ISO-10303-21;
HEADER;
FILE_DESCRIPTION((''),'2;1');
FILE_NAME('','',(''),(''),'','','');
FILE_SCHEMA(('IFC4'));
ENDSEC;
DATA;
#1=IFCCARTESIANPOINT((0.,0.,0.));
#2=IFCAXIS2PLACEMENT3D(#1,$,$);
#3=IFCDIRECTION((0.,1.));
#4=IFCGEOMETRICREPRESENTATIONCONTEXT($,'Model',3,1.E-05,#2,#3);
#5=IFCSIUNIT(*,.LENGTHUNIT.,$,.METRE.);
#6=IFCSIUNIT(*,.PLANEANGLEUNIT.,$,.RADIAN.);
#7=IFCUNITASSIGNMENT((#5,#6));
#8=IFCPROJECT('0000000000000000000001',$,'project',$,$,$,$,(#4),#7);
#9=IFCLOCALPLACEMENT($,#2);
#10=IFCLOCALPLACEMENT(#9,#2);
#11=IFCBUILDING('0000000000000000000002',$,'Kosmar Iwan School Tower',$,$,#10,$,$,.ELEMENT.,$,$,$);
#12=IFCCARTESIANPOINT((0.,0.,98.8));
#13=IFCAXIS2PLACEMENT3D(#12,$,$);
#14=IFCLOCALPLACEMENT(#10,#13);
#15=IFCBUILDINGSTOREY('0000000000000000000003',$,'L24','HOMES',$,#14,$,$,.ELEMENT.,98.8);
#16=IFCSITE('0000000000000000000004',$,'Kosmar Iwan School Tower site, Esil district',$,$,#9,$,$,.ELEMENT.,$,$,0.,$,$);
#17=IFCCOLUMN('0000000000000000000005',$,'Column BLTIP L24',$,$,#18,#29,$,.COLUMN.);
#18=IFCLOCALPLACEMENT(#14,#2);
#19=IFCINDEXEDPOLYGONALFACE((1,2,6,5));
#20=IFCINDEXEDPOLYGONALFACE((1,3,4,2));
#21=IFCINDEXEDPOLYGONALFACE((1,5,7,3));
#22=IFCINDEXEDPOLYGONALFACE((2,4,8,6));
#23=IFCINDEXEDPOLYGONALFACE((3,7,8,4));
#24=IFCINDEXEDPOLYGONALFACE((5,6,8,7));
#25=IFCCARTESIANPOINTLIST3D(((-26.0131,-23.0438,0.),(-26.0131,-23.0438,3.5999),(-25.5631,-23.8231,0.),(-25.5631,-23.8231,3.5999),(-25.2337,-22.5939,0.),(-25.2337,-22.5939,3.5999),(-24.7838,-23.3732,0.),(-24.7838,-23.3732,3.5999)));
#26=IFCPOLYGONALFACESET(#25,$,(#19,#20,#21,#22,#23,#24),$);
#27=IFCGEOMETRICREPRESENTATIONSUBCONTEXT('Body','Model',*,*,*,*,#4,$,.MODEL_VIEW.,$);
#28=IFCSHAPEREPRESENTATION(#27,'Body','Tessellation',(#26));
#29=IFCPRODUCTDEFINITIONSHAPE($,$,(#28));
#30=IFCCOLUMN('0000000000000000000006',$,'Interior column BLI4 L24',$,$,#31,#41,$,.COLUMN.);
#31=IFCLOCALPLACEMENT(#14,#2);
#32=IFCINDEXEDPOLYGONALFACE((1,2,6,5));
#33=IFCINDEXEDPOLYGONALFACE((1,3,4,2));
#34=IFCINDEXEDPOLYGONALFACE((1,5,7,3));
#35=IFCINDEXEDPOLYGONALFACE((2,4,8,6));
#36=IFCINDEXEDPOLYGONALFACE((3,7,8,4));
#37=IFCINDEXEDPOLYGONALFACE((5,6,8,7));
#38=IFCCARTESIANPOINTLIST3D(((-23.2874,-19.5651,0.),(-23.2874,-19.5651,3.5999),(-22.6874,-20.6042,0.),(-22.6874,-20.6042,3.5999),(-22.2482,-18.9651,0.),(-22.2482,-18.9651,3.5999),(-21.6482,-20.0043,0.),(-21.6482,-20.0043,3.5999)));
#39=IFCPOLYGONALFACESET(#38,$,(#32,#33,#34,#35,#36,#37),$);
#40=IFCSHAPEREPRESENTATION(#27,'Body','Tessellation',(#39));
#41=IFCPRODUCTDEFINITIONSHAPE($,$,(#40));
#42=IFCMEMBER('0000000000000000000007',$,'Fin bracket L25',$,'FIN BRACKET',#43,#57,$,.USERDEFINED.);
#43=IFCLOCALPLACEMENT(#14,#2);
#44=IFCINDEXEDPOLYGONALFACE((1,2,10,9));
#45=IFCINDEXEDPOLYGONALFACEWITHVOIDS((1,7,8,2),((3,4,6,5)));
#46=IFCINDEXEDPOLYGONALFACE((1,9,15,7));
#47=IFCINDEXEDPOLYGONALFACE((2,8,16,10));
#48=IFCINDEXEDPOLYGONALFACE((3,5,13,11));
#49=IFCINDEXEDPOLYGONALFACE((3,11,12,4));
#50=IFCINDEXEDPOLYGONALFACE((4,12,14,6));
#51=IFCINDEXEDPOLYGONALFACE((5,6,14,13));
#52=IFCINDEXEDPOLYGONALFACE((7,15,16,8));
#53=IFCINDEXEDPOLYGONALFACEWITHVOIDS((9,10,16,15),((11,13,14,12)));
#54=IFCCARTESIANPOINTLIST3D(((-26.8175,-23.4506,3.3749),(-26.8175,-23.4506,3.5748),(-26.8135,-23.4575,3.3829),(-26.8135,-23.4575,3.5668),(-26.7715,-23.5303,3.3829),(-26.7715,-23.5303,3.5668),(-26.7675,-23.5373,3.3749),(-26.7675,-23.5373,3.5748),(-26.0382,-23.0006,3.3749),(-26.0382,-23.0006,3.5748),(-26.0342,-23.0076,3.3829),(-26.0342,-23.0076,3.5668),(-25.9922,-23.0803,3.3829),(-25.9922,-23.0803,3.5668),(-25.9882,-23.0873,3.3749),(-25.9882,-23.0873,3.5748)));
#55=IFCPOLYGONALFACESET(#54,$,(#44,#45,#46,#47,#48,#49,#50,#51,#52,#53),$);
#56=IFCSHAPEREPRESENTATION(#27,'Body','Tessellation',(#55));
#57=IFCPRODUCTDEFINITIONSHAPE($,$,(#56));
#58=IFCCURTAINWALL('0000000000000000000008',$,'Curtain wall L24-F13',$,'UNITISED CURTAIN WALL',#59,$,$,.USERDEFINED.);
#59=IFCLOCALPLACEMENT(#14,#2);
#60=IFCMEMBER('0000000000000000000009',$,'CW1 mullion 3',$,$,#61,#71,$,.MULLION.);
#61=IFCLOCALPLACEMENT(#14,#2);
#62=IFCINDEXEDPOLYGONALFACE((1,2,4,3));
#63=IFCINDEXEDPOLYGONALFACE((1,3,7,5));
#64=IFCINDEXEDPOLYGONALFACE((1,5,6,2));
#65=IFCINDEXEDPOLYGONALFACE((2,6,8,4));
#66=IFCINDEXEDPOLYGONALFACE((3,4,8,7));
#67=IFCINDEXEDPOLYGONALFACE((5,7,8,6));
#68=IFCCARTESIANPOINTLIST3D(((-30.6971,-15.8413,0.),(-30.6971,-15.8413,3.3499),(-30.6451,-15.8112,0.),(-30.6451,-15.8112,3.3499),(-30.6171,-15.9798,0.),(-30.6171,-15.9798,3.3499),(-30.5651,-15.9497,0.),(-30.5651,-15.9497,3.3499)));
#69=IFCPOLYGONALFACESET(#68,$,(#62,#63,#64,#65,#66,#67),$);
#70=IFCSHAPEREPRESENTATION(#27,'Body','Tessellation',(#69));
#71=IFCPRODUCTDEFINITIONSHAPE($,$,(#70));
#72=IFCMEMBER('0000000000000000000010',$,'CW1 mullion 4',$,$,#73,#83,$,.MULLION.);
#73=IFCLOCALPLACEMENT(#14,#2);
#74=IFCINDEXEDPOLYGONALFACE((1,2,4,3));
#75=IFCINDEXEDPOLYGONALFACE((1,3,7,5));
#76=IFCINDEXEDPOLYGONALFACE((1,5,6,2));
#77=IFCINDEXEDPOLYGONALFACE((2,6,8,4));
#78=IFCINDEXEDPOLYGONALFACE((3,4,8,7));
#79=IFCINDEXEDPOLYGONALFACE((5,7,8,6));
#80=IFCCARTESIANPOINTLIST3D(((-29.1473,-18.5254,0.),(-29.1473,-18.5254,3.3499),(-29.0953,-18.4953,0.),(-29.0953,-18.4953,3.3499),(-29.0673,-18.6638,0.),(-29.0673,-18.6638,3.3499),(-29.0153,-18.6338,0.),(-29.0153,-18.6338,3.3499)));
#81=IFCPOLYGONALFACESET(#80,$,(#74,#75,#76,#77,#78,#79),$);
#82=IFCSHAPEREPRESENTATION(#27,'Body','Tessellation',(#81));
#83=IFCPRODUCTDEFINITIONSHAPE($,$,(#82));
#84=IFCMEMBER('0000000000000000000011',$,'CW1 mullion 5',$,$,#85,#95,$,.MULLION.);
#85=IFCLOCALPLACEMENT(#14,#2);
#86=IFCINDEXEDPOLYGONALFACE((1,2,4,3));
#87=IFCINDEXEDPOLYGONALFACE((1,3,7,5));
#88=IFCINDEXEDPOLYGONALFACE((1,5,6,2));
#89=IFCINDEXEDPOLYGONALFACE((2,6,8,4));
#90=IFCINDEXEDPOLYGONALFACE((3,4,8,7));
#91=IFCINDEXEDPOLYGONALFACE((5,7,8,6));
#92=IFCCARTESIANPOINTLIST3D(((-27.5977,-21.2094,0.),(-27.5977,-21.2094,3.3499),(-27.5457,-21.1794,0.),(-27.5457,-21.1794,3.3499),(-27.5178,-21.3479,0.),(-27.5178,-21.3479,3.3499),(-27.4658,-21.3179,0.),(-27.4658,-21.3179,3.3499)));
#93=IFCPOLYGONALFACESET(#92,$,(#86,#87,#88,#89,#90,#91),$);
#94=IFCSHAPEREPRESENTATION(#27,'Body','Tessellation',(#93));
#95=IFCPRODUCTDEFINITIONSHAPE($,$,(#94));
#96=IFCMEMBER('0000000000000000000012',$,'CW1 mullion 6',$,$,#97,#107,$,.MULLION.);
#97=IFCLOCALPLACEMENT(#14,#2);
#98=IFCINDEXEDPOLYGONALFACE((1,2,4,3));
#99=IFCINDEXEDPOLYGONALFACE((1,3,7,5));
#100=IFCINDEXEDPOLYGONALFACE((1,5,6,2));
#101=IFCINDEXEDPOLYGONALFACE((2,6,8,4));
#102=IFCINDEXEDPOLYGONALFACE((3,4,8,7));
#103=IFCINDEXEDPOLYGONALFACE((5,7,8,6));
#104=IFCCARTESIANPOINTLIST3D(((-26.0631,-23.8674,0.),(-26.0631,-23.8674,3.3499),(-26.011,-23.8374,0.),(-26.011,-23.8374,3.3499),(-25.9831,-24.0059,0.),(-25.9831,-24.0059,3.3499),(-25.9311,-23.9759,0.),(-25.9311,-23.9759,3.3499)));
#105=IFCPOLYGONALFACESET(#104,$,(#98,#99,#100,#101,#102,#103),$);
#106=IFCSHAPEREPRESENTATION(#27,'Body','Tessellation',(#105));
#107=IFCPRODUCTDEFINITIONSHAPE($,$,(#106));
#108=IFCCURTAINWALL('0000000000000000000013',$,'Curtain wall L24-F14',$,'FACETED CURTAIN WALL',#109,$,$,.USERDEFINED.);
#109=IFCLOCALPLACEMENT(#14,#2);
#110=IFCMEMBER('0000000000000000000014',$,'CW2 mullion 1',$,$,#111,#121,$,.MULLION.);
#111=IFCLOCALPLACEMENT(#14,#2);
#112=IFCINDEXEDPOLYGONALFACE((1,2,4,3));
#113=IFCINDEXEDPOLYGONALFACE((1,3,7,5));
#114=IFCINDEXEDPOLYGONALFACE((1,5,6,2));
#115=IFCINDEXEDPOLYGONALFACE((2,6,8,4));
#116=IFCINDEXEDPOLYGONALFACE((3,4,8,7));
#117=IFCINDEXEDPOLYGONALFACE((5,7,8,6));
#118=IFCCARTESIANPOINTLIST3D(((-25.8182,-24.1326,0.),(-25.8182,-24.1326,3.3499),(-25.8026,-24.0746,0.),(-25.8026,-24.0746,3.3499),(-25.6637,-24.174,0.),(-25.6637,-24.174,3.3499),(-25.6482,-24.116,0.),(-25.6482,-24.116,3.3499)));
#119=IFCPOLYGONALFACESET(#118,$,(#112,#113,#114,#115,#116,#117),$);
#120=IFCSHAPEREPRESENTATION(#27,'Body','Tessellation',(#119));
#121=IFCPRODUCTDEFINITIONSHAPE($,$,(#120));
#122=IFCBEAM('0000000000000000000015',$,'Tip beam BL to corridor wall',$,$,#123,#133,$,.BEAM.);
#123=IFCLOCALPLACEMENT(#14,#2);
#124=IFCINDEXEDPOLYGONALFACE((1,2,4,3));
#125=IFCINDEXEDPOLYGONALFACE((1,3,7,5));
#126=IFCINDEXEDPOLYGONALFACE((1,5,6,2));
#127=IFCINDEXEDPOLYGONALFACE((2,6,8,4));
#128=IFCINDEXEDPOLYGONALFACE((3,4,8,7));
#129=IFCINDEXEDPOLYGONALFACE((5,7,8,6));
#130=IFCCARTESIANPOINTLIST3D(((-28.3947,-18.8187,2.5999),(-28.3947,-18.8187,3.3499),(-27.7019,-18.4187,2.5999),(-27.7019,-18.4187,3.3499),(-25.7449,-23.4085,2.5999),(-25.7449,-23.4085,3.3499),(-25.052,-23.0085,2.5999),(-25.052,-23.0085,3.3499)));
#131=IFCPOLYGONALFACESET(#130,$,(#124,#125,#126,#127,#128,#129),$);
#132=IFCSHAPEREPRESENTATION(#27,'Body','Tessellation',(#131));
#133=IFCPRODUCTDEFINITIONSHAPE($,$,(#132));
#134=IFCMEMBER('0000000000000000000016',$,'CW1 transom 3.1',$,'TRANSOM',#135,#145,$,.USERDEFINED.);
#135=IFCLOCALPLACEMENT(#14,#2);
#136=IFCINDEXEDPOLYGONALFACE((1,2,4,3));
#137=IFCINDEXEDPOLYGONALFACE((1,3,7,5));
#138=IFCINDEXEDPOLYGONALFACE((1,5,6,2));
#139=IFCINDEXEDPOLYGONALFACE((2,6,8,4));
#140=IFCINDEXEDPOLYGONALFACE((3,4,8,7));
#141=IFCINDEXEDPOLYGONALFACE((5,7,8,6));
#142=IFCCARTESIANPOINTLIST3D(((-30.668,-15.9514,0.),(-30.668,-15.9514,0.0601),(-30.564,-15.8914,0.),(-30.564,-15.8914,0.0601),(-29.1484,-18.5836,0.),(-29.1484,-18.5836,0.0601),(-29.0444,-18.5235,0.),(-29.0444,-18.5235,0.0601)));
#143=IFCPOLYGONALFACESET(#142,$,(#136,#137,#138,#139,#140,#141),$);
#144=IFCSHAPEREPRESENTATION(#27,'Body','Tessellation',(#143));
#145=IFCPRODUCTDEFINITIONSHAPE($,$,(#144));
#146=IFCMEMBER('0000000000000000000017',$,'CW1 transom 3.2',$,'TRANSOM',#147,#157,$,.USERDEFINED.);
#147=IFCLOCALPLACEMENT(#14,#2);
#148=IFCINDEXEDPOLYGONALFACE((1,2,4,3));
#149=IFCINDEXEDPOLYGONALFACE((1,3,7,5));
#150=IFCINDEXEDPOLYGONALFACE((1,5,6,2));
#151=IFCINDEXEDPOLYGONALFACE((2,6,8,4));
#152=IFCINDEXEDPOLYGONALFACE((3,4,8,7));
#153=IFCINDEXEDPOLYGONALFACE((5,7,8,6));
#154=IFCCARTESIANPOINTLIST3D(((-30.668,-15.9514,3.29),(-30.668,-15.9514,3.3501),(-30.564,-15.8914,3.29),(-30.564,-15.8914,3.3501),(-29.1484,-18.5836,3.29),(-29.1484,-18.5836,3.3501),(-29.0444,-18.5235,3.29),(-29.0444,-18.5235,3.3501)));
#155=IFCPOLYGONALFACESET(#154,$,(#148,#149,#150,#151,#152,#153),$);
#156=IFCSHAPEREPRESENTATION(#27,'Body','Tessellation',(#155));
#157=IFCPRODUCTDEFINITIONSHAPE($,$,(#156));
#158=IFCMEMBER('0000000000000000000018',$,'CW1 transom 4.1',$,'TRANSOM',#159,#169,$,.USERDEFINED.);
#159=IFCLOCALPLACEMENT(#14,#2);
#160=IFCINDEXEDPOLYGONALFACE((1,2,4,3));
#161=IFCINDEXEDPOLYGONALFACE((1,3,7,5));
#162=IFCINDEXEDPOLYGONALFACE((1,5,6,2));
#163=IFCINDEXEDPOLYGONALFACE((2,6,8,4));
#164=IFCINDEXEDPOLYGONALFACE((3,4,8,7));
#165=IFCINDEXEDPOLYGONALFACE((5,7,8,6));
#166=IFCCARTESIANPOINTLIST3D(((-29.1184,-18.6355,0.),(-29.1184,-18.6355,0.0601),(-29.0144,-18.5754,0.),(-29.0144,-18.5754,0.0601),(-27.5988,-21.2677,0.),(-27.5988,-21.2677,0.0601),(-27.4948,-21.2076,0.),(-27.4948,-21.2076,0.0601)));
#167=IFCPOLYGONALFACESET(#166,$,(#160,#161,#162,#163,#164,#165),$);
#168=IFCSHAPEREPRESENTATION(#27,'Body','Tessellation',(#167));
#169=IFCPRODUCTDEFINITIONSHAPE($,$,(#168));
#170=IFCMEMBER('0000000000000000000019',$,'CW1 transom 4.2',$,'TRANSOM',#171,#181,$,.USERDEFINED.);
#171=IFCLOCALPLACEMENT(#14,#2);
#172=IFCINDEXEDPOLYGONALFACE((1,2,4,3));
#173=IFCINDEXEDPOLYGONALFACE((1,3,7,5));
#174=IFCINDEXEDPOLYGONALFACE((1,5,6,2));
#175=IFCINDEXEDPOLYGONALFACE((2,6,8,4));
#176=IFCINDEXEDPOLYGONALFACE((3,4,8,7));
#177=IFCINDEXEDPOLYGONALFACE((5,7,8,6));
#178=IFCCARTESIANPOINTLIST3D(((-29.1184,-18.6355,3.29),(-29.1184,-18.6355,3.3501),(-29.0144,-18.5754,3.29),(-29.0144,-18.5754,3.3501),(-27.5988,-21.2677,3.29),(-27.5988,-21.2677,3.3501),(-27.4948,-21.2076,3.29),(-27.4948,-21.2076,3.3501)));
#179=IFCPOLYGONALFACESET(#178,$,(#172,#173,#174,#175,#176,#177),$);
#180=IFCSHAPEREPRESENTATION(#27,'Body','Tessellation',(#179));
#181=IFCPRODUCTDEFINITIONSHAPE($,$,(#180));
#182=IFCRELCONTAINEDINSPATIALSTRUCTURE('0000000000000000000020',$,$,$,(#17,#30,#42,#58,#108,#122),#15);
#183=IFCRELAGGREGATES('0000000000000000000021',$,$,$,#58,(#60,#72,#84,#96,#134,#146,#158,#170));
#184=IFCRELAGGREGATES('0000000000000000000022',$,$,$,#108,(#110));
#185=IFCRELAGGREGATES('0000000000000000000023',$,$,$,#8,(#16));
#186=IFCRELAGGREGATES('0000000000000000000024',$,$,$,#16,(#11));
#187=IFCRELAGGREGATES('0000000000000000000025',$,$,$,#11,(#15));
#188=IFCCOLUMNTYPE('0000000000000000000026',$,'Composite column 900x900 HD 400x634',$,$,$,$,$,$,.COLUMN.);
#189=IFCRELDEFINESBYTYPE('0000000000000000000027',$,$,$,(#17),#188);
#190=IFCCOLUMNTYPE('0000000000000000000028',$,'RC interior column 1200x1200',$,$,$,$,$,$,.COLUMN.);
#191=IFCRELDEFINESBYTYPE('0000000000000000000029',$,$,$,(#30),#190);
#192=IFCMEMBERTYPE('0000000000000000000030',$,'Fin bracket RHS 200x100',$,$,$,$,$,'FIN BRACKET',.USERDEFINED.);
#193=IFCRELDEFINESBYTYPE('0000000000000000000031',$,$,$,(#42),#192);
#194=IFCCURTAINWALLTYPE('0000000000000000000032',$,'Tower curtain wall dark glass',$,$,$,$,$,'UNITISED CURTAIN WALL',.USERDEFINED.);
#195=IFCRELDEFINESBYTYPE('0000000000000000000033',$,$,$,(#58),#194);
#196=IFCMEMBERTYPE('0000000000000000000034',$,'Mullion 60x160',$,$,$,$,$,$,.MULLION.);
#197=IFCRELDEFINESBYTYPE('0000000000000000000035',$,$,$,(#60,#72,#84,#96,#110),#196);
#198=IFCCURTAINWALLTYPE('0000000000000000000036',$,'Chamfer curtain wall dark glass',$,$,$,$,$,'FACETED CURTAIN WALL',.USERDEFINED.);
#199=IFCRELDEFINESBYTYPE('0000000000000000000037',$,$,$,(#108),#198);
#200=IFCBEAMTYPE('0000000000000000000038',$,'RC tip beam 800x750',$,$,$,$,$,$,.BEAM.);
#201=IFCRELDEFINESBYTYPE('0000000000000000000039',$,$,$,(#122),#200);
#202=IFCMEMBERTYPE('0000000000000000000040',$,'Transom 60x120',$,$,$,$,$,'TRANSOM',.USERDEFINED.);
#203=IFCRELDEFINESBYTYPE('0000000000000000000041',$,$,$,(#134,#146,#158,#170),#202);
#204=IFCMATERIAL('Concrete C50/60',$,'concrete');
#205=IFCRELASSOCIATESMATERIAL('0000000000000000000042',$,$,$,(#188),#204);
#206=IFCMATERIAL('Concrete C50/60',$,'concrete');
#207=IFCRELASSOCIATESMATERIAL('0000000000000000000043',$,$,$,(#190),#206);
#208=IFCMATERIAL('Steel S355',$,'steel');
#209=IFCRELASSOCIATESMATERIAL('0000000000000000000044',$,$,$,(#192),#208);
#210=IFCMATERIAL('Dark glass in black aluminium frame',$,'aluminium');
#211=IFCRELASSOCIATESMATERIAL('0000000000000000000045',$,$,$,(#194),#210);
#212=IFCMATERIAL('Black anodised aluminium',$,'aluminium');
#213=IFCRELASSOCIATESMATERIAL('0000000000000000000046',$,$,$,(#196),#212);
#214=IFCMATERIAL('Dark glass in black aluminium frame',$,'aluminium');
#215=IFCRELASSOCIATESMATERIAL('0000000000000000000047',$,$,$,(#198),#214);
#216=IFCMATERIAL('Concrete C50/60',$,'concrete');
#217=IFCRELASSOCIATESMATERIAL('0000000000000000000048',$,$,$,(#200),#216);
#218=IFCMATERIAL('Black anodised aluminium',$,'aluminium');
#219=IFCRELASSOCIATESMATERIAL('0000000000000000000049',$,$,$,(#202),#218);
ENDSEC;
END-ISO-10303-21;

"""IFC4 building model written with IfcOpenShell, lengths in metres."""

from ifc_helpers import new_model, si_unit, direction, frame, origin, origin_2d, place, context, subcontext, project, spatial, rectangle, hollow_rectangle, extrude, material, material_profile, profile_set, type_object, element, aggregate, save


model = new_model("IFC4")

# Units and contexts
model_context = context("Model", 3, precision=1e-05, world=origin(), true_north=direction((0.0, 1.0)))
body_context = subcontext(model_context, "Body", "Model", "MODEL_VIEW")
ifc_project = project(units=[si_unit("LENGTHUNIT", "METRE"), si_unit("PLANEANGLEUNIT", "RADIAN")], contexts=[model_context])

# Site, building, storey
site_placement = place(None, origin())
site = spatial("IfcSite", under=ifc_project, at=site_placement, Name="Kosmar Iwan School Tower site, Esil district", CompositionType="ELEMENT", RefElevation=0.0)
building_placement = place(site_placement, origin())
building = spatial("IfcBuilding", under=site, at=building_placement, Name="Kosmar Iwan School Tower", CompositionType="ELEMENT")
storey_placement = place(building_placement, frame((0.0, 0.0, 98.8)))
storey = spatial("IfcBuildingStorey", under=building, at=storey_placement, Name="L24", Description="HOMES", CompositionType="ELEMENT", Elevation=98.8)

# Columns
ifc_material_1 = material(Name="Concrete C50/60", Category="concrete")
ifc_material_profile_1 = material_profile(ifc_material_1, rectangle(XDim=0.8999, YDim=0.8999, at=origin_2d()), Name="RC 900x900 + HD 400x634")
ifc_profile_set_1 = profile_set([ifc_material_profile_1], Name="Concrete C50/60")
column_type_1 = type_object("IfcColumnType", Name="Composite column 900x900 HD 400x634", PredefinedType="COLUMN", material=ifc_profile_set_1)
column_1_placement = place(storey_placement, frame((-25.3984, -23.2085, 0.0), z_axis=(0.0, 0.0, 1.0), x_axis=(-0.866025, -0.5, 0.0)))
element("IfcColumn", 1, at=column_1_placement, inside=storey, type_object=column_type_1, Name="Column BLTIP L24", PredefinedType="COLUMN", context=body_context, shape_type="SweptSolid", body=[
    extrude(rectangle(XDim=0.8999, YDim=0.8999, at=origin_2d()), origin(), (0.0, 0.0, 1.0), 3.5999),
])
ifc_material_2 = material(Name="Concrete C50/60", Category="concrete")
ifc_material_profile_2 = material_profile(ifc_material_2, rectangle(XDim=1.2, YDim=1.2, at=origin_2d()), Name="RC 1200x1200")
ifc_profile_set_2 = profile_set([ifc_material_profile_2], Name="Concrete C50/60")
column_type_2 = type_object("IfcColumnType", Name="RC interior column 1200x1200", PredefinedType="COLUMN", material=ifc_profile_set_2)
column_2_placement = place(storey_placement, frame((-22.4678, -19.7847, 0.0), z_axis=(0.0, 0.0, 1.0), x_axis=(-0.866025, -0.5, 0.0)))
element("IfcColumn", 2, at=column_2_placement, inside=storey, type_object=column_type_2, Name="Interior column BLI4 L24", PredefinedType="COLUMN", context=body_context, shape_type="SweptSolid", body=[
    extrude(rectangle(XDim=1.2, YDim=1.2, at=origin_2d()), origin(), (0.0, 0.0, 1.0), 3.5999),
])

# Member
ifc_material_3 = material(Name="Steel S355", Category="steel")
ifc_material_profile_3 = material_profile(ifc_material_3, hollow_rectangle(XDim=0.1001, YDim=0.2, WallThickness=0.0081, at=origin_2d()), Name="RHS 200x100x8")
ifc_profile_set_3 = profile_set([ifc_material_profile_3], Name="Steel S355")
member_type_1 = type_object("IfcMemberType", Name="Fin bracket RHS 200x100", ElementType="FIN BRACKET", PredefinedType="USERDEFINED", material=ifc_profile_set_3)
member_1_placement = place(storey_placement, frame((-26.0132, -23.0439, 3.4749), z_axis=(-0.866014, -0.50002, 0.0), x_axis=(0.50002, -0.866014, 0.0)))
element("IfcMember", 3, at=member_1_placement, inside=storey, type_object=member_type_1, Name="Fin bracket L25", ObjectType="FIN BRACKET", PredefinedType="USERDEFINED", context=body_context, shape_type="SweptSolid", body=[
    extrude(hollow_rectangle(XDim=0.1001, YDim=0.2, WallThickness=0.0081, at=origin_2d()), origin(), (0.0, 0.0, 1.0), 0.8999),
])

# Curtain wall, members
ifc_material_4 = material(Name="Dark glass in black aluminium frame", Category="aluminium")
curtain_wall_type_1 = type_object("IfcCurtainWallType", Name="Tower curtain wall dark glass", ElementType="UNITISED CURTAIN WALL", PredefinedType="USERDEFINED", material=ifc_material_4)
curtain_wall_1_placement = place(storey_placement, origin())
curtain_wall_1 = element("IfcCurtainWall", 4, at=curtain_wall_1_placement, inside=storey, type_object=curtain_wall_type_1, Name="Curtain wall L24-F13", ObjectType="UNITISED CURTAIN WALL", PredefinedType="USERDEFINED")
ifc_material_5 = material(Name="Black anodised aluminium", Category="aluminium")
ifc_material_profile_4 = material_profile(ifc_material_5, rectangle(XDim=0.0601, YDim=0.1599, at=origin_2d()), Name="MULLION 60x160")
ifc_profile_set_4 = profile_set([ifc_material_profile_4], Name="Black anodised aluminium")
member_type_2 = type_object("IfcMemberType", Name="Mullion 60x160", PredefinedType="MULLION", material=ifc_profile_set_4)
member_2_placement = place(storey_placement, frame((-30.6311, -15.8955, 0.0), z_axis=(0.0, 0.0, 1.0), x_axis=(0.866025, 0.5, 0.0)))
member_2 = element("IfcMember", 5, at=member_2_placement, type_object=member_type_2, Name="CW1 mullion 3", PredefinedType="MULLION", context=body_context, shape_type="SweptSolid", body=[
    extrude(rectangle(XDim=0.0601, YDim=0.1599, at=origin_2d()), origin(), (0.0, 0.0, 1.0), 3.3499),
])
member_3_placement = place(storey_placement, frame((-29.0813, -18.5796, 0.0), z_axis=(0.0, 0.0, 1.0), x_axis=(0.866025, 0.5, 0.0)))
member_3 = element("IfcMember", 6, at=member_3_placement, type_object=member_type_2, Name="CW1 mullion 4", PredefinedType="MULLION", context=body_context, shape_type="SweptSolid", body=[
    extrude(rectangle(XDim=0.0601, YDim=0.1599, at=origin_2d()), origin(), (0.0, 0.0, 1.0), 3.3499),
])
member_4_placement = place(storey_placement, frame((-27.5317, -21.2637, 0.0), z_axis=(0.0, 0.0, 1.0), x_axis=(0.866025, 0.5, 0.0)))
member_4 = element("IfcMember", 7, at=member_4_placement, type_object=member_type_2, Name="CW1 mullion 5", PredefinedType="MULLION", context=body_context, shape_type="SweptSolid", body=[
    extrude(rectangle(XDim=0.0601, YDim=0.1599, at=origin_2d()), origin(), (0.0, 0.0, 1.0), 3.3499),
])
member_5_placement = place(storey_placement, frame((-25.9971, -23.9216, 0.0), z_axis=(0.0, 0.0, 1.0), x_axis=(0.866025, 0.5, 0.0)))
member_5 = element("IfcMember", 8, at=member_5_placement, type_object=member_type_2, Name="CW1 mullion 6", PredefinedType="MULLION", context=body_context, shape_type="SweptSolid", body=[
    extrude(rectangle(XDim=0.0601, YDim=0.1599, at=origin_2d()), origin(), (0.0, 0.0, 1.0), 3.3499),
])

# Curtain wall, member
ifc_material_6 = material(Name="Dark glass in black aluminium frame", Category="aluminium")
curtain_wall_type_2 = type_object("IfcCurtainWallType", Name="Chamfer curtain wall dark glass", ElementType="FACETED CURTAIN WALL", PredefinedType="USERDEFINED", material=ifc_material_6)
curtain_wall_2_placement = place(storey_placement, origin())
curtain_wall_2 = element("IfcCurtainWall", 9, at=curtain_wall_2_placement, inside=storey, type_object=curtain_wall_type_2, Name="Curtain wall L24-F14", ObjectType="FACETED CURTAIN WALL", PredefinedType="USERDEFINED")
member_6_placement = place(storey_placement, frame((-25.7332, -24.1243, 0.0), z_axis=(0.0, 0.0, 1.0), x_axis=(0.258819, 0.965926, 0.0)))
member_6 = element("IfcMember", 10, at=member_6_placement, type_object=member_type_2, Name="CW2 mullion 1", PredefinedType="MULLION", context=body_context, shape_type="SweptSolid", body=[
    extrude(rectangle(XDim=0.0601, YDim=0.1599, at=origin_2d()), origin(), (0.0, 0.0, 1.0), 3.3499),
])

# Beam
ifc_material_7 = material(Name="Concrete C50/60", Category="concrete")
ifc_material_profile_5 = material_profile(ifc_material_7, rectangle(XDim=0.8, YDim=0.75, at=origin_2d()), Name="RC 800x750")
ifc_profile_set_5 = profile_set([ifc_material_profile_5], Name="Concrete C50/60")
beam_type = type_object("IfcBeamType", Name="RC tip beam 800x750", PredefinedType="BEAM", material=ifc_profile_set_5)
beam_placement = place(storey_placement, frame((-25.3984, -23.2085, 2.9749), z_axis=(-0.499994, 0.866029, 0.0), x_axis=(-0.866029, -0.499994, 0.0)))
element("IfcBeam", 11, at=beam_placement, inside=storey, type_object=beam_type, Name="Tip beam BL to corridor wall", PredefinedType="BEAM", context=body_context, shape_type="SweptSolid", body=[
    extrude(rectangle(XDim=0.8, YDim=0.75, at=origin_2d()), origin(), (0.0, 0.0, 1.0), 5.2998),
])

# Members
ifc_material_8 = material(Name="Black anodised aluminium", Category="aluminium")
ifc_material_profile_6 = material_profile(ifc_material_8, rectangle(XDim=0.1201, YDim=0.0601, at=origin_2d()), Name="TRANSOM 60x120")
ifc_profile_set_6 = profile_set([ifc_material_profile_6], Name="Black anodised aluminium")
member_type_3 = type_object("IfcMemberType", Name="Transom 60x120", ElementType="TRANSOM", PredefinedType="USERDEFINED", material=ifc_profile_set_6)
member_7_placement = place(storey_placement, frame((-30.616, -15.9214, 0.03), z_axis=(0.499975, -0.86604, 0.0), x_axis=(0.86604, 0.499975, 0.0)))
member_7 = element("IfcMember", 12, at=member_7_placement, type_object=member_type_3, Name="CW1 transom 3.1", ObjectType="TRANSOM", PredefinedType="USERDEFINED", context=body_context, shape_type="SweptSolid", body=[
    extrude(rectangle(XDim=0.1201, YDim=0.0601, at=origin_2d()), origin(), (0.0, 0.0, 1.0), 3.0393),
])
member_8_placement = place(storey_placement, frame((-30.616, -15.9214, 3.3201), z_axis=(0.499975, -0.86604, 0.0), x_axis=(0.86604, 0.499975, 0.0)))
member_8 = element("IfcMember", 13, at=member_8_placement, type_object=member_type_3, Name="CW1 transom 3.2", ObjectType="TRANSOM", PredefinedType="USERDEFINED", context=body_context, shape_type="SweptSolid", body=[
    extrude(rectangle(XDim=0.1201, YDim=0.0601, at=origin_2d()), origin(), (0.0, 0.0, 1.0), 3.0393),
])
member_9_placement = place(storey_placement, frame((-29.0664, -18.6055, 0.03), z_axis=(0.499975, -0.86604, 0.0), x_axis=(0.86604, 0.499975, 0.0)))
member_9 = element("IfcMember", 14, at=member_9_placement, type_object=member_type_3, Name="CW1 transom 4.1", ObjectType="TRANSOM", PredefinedType="USERDEFINED", context=body_context, shape_type="SweptSolid", body=[
    extrude(rectangle(XDim=0.1201, YDim=0.0601, at=origin_2d()), origin(), (0.0, 0.0, 1.0), 3.0393),
])
member_10_placement = place(storey_placement, frame((-29.0664, -18.6055, 3.3201), z_axis=(0.499975, -0.86604, 0.0), x_axis=(0.86604, 0.499975, 0.0)))
member_10 = element("IfcMember", 15, at=member_10_placement, type_object=member_type_3, Name="CW1 transom 4.2", ObjectType="TRANSOM", PredefinedType="USERDEFINED", context=body_context, shape_type="SweptSolid", body=[
    extrude(rectangle(XDim=0.1201, YDim=0.0601, at=origin_2d()), origin(), (0.0, 0.0, 1.0), 3.0393),
])

aggregate(curtain_wall_1, [member_2, member_3, member_4, member_5, member_7, member_8, member_9, member_10])
aggregate(curtain_wall_2, [member_6])

save(model, "model.ifc")
